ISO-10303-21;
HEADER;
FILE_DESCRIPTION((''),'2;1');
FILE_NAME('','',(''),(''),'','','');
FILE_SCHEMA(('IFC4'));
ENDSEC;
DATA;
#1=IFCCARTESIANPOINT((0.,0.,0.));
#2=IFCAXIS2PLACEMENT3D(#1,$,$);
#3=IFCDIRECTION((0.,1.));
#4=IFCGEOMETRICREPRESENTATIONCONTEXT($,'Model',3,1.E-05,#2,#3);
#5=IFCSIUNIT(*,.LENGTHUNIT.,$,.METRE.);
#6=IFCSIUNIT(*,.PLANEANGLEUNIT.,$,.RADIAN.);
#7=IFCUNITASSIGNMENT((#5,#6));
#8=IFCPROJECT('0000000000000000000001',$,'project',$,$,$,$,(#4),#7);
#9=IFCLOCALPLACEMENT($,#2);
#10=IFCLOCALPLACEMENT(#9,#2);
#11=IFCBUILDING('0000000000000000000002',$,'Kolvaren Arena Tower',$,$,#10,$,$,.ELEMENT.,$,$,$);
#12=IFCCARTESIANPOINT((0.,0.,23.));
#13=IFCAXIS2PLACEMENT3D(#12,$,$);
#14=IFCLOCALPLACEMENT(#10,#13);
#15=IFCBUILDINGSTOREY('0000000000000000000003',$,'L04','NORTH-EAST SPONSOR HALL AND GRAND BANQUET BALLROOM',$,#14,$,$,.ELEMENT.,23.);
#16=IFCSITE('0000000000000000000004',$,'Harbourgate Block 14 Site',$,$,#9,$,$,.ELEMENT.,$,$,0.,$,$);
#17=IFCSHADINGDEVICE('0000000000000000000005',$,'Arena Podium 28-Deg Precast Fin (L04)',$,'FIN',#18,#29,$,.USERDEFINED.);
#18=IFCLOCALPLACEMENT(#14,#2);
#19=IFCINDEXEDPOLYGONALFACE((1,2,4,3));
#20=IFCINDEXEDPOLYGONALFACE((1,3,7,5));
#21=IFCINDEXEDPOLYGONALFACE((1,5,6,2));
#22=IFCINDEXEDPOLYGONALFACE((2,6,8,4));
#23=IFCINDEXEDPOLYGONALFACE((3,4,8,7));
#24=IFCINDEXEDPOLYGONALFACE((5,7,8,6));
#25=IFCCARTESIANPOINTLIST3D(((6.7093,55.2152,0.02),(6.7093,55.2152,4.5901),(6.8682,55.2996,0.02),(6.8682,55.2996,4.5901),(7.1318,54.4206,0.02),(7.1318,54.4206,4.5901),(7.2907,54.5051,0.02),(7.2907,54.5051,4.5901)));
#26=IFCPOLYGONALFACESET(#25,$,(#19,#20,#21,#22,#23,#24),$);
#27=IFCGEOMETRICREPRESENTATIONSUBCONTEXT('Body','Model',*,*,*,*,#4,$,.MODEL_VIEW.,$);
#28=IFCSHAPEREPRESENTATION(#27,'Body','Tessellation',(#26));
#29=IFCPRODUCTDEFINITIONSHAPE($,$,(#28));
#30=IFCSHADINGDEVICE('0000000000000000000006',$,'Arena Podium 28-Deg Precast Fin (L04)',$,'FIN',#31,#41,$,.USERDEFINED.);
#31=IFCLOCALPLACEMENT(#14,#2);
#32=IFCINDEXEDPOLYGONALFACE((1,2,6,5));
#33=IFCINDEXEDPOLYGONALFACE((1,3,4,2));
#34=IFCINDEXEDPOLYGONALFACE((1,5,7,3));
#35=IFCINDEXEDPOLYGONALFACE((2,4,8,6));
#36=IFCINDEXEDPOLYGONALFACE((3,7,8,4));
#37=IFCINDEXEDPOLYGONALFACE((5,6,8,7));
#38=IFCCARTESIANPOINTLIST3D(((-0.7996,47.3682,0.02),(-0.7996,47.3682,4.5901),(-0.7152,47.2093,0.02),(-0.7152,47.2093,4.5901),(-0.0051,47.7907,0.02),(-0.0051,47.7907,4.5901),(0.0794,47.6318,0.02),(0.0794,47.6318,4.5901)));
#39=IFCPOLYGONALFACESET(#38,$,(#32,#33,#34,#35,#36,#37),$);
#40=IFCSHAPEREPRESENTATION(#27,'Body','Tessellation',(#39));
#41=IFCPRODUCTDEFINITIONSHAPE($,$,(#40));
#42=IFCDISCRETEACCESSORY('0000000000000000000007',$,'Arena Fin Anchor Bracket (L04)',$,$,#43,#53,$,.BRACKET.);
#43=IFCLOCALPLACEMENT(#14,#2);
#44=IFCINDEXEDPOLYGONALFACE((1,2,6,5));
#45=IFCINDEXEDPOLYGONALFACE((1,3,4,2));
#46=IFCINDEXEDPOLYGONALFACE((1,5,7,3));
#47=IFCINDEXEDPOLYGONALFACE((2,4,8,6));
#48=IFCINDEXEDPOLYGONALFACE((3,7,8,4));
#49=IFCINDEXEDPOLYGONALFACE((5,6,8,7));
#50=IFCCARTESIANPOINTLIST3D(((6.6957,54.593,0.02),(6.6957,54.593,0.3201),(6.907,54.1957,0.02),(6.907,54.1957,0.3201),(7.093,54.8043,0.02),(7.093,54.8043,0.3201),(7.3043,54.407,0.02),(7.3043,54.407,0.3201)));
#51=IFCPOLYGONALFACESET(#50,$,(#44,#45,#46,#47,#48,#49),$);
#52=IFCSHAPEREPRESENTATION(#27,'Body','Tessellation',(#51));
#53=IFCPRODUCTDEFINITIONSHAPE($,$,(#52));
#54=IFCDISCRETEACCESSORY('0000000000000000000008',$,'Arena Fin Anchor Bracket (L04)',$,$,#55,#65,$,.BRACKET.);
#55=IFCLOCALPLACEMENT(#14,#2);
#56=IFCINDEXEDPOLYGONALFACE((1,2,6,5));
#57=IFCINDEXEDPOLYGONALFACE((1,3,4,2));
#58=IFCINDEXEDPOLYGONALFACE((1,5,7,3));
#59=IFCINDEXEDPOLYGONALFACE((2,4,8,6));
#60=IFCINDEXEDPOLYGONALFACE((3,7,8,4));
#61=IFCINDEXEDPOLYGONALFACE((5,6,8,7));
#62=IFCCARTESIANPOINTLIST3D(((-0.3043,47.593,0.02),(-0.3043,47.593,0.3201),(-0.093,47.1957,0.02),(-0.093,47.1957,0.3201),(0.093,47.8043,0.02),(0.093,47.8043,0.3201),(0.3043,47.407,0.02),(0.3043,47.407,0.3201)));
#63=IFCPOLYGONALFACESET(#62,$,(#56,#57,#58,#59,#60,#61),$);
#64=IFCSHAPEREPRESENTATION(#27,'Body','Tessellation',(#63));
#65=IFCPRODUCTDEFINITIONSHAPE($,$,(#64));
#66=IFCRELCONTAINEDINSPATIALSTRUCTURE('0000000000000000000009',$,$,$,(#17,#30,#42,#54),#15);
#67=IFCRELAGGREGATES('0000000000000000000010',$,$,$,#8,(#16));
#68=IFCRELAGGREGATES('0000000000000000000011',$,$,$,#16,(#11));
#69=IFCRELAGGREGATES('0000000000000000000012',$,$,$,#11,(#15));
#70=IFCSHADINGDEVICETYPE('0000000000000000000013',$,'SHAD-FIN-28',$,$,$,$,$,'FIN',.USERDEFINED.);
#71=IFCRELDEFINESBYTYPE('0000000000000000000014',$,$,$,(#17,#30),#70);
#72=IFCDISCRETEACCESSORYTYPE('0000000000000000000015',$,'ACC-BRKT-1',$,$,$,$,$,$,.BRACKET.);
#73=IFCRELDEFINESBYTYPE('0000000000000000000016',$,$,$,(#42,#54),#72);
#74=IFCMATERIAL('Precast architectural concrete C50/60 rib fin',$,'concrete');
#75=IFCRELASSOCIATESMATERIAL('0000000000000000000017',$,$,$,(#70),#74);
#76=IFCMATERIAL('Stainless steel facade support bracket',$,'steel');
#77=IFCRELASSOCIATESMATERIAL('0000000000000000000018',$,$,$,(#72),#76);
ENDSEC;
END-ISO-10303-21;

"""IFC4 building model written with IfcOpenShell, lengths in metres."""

from ifc_helpers import new_model, si_unit, direction, frame, origin, origin_2d, place, context, subcontext, project, spatial, rectangle, extrude, material, type_object, element, save


model = new_model("IFC4")

# Units and contexts
model_context = context("Model", 3, precision=1e-05, world=origin(), true_north=direction((0.0, 1.0)))
body_context = subcontext(model_context, "Body", "Model", "MODEL_VIEW")
ifc_project = project(units=[si_unit("LENGTHUNIT", "METRE"), si_unit("PLANEANGLEUNIT", "RADIAN")], contexts=[model_context])

# Site, building, storey
site_placement = place(None, origin())
site = spatial("IfcSite", under=ifc_project, at=site_placement, Name="Harbourgate Block 14 Site", CompositionType="ELEMENT", RefElevation=0.0)
building_placement = place(site_placement, origin())
building = spatial("IfcBuilding", under=site, at=building_placement, Name="Kolvaren Arena Tower", CompositionType="ELEMENT")
storey_placement = place(building_placement, frame((0.0, 0.0, 23.0)))
storey = spatial("IfcBuildingStorey", under=building, at=storey_placement, Name="L04", Description="NORTH-EAST SPONSOR HALL AND GRAND BANQUET BALLROOM", CompositionType="ELEMENT", Elevation=23.0)

# Shading devices
ifc_material_1 = material(Name="Precast architectural concrete C50/60 rib fin", Category="concrete")
shading_device_type = type_object("IfcShadingDeviceType", Name="SHAD-FIN-28", ElementType="FIN", PredefinedType="USERDEFINED", material=ifc_material_1)
for number, where, z_axis, x_axis, name in (
    (1, (7.0, 54.8601, 0.02), (0.0, 0.0, 1.0), (-0.469472, 0.882948, 0.0), "Arena Podium 28-Deg Precast Fin (L04)"),
    (2, (-0.3601, 47.5, 0.02), (0.0, 0.0, 1.0), (-0.882948, -0.469472, 0.0), "Arena Podium 28-Deg Precast Fin (L04)"),
):
    element("IfcShadingDevice", number, at=place(storey_placement, frame(where, z_axis=z_axis, x_axis=x_axis)), inside=storey, type_object=shading_device_type, Name=name, ObjectType="FIN", PredefinedType="USERDEFINED", context=body_context, shape_type="SweptSolid", body=[
        extrude(rectangle(XDim=0.8999, YDim=0.1799, at=origin_2d()), origin(), (0.0, 0.0, 1.0), 4.5701),
    ])

# Discrete accessories
ifc_material_2 = material(Name="Stainless steel facade support bracket", Category="steel")
discrete_accessory_type = type_object("IfcDiscreteAccessoryType", Name="ACC-BRKT-1", PredefinedType="BRACKET", material=ifc_material_2)
for number, where, z_axis, x_axis, name in (
    (3, (7.0, 54.5, 0.02), (0.0, 0.0, 1.0), (-0.469472, 0.882948, 0.0), "Arena Fin Anchor Bracket (L04)"),
    (4, (0.0, 47.5, 0.02), (0.0, 0.0, 1.0), (-0.882948, -0.469472, 0.0), "Arena Fin Anchor Bracket (L04)"),
):
    element("IfcDiscreteAccessory", number, at=place(storey_placement, frame(where, z_axis=z_axis, x_axis=x_axis)), inside=storey, type_object=discrete_accessory_type, Name=name, PredefinedType="BRACKET", context=body_context, shape_type="SweptSolid", body=[
        extrude(rectangle(XDim=0.45, YDim=0.45, at=origin_2d()), origin(), (0.0, 0.0, 1.0), 0.3),
    ])

save(model, "model.ifc")
